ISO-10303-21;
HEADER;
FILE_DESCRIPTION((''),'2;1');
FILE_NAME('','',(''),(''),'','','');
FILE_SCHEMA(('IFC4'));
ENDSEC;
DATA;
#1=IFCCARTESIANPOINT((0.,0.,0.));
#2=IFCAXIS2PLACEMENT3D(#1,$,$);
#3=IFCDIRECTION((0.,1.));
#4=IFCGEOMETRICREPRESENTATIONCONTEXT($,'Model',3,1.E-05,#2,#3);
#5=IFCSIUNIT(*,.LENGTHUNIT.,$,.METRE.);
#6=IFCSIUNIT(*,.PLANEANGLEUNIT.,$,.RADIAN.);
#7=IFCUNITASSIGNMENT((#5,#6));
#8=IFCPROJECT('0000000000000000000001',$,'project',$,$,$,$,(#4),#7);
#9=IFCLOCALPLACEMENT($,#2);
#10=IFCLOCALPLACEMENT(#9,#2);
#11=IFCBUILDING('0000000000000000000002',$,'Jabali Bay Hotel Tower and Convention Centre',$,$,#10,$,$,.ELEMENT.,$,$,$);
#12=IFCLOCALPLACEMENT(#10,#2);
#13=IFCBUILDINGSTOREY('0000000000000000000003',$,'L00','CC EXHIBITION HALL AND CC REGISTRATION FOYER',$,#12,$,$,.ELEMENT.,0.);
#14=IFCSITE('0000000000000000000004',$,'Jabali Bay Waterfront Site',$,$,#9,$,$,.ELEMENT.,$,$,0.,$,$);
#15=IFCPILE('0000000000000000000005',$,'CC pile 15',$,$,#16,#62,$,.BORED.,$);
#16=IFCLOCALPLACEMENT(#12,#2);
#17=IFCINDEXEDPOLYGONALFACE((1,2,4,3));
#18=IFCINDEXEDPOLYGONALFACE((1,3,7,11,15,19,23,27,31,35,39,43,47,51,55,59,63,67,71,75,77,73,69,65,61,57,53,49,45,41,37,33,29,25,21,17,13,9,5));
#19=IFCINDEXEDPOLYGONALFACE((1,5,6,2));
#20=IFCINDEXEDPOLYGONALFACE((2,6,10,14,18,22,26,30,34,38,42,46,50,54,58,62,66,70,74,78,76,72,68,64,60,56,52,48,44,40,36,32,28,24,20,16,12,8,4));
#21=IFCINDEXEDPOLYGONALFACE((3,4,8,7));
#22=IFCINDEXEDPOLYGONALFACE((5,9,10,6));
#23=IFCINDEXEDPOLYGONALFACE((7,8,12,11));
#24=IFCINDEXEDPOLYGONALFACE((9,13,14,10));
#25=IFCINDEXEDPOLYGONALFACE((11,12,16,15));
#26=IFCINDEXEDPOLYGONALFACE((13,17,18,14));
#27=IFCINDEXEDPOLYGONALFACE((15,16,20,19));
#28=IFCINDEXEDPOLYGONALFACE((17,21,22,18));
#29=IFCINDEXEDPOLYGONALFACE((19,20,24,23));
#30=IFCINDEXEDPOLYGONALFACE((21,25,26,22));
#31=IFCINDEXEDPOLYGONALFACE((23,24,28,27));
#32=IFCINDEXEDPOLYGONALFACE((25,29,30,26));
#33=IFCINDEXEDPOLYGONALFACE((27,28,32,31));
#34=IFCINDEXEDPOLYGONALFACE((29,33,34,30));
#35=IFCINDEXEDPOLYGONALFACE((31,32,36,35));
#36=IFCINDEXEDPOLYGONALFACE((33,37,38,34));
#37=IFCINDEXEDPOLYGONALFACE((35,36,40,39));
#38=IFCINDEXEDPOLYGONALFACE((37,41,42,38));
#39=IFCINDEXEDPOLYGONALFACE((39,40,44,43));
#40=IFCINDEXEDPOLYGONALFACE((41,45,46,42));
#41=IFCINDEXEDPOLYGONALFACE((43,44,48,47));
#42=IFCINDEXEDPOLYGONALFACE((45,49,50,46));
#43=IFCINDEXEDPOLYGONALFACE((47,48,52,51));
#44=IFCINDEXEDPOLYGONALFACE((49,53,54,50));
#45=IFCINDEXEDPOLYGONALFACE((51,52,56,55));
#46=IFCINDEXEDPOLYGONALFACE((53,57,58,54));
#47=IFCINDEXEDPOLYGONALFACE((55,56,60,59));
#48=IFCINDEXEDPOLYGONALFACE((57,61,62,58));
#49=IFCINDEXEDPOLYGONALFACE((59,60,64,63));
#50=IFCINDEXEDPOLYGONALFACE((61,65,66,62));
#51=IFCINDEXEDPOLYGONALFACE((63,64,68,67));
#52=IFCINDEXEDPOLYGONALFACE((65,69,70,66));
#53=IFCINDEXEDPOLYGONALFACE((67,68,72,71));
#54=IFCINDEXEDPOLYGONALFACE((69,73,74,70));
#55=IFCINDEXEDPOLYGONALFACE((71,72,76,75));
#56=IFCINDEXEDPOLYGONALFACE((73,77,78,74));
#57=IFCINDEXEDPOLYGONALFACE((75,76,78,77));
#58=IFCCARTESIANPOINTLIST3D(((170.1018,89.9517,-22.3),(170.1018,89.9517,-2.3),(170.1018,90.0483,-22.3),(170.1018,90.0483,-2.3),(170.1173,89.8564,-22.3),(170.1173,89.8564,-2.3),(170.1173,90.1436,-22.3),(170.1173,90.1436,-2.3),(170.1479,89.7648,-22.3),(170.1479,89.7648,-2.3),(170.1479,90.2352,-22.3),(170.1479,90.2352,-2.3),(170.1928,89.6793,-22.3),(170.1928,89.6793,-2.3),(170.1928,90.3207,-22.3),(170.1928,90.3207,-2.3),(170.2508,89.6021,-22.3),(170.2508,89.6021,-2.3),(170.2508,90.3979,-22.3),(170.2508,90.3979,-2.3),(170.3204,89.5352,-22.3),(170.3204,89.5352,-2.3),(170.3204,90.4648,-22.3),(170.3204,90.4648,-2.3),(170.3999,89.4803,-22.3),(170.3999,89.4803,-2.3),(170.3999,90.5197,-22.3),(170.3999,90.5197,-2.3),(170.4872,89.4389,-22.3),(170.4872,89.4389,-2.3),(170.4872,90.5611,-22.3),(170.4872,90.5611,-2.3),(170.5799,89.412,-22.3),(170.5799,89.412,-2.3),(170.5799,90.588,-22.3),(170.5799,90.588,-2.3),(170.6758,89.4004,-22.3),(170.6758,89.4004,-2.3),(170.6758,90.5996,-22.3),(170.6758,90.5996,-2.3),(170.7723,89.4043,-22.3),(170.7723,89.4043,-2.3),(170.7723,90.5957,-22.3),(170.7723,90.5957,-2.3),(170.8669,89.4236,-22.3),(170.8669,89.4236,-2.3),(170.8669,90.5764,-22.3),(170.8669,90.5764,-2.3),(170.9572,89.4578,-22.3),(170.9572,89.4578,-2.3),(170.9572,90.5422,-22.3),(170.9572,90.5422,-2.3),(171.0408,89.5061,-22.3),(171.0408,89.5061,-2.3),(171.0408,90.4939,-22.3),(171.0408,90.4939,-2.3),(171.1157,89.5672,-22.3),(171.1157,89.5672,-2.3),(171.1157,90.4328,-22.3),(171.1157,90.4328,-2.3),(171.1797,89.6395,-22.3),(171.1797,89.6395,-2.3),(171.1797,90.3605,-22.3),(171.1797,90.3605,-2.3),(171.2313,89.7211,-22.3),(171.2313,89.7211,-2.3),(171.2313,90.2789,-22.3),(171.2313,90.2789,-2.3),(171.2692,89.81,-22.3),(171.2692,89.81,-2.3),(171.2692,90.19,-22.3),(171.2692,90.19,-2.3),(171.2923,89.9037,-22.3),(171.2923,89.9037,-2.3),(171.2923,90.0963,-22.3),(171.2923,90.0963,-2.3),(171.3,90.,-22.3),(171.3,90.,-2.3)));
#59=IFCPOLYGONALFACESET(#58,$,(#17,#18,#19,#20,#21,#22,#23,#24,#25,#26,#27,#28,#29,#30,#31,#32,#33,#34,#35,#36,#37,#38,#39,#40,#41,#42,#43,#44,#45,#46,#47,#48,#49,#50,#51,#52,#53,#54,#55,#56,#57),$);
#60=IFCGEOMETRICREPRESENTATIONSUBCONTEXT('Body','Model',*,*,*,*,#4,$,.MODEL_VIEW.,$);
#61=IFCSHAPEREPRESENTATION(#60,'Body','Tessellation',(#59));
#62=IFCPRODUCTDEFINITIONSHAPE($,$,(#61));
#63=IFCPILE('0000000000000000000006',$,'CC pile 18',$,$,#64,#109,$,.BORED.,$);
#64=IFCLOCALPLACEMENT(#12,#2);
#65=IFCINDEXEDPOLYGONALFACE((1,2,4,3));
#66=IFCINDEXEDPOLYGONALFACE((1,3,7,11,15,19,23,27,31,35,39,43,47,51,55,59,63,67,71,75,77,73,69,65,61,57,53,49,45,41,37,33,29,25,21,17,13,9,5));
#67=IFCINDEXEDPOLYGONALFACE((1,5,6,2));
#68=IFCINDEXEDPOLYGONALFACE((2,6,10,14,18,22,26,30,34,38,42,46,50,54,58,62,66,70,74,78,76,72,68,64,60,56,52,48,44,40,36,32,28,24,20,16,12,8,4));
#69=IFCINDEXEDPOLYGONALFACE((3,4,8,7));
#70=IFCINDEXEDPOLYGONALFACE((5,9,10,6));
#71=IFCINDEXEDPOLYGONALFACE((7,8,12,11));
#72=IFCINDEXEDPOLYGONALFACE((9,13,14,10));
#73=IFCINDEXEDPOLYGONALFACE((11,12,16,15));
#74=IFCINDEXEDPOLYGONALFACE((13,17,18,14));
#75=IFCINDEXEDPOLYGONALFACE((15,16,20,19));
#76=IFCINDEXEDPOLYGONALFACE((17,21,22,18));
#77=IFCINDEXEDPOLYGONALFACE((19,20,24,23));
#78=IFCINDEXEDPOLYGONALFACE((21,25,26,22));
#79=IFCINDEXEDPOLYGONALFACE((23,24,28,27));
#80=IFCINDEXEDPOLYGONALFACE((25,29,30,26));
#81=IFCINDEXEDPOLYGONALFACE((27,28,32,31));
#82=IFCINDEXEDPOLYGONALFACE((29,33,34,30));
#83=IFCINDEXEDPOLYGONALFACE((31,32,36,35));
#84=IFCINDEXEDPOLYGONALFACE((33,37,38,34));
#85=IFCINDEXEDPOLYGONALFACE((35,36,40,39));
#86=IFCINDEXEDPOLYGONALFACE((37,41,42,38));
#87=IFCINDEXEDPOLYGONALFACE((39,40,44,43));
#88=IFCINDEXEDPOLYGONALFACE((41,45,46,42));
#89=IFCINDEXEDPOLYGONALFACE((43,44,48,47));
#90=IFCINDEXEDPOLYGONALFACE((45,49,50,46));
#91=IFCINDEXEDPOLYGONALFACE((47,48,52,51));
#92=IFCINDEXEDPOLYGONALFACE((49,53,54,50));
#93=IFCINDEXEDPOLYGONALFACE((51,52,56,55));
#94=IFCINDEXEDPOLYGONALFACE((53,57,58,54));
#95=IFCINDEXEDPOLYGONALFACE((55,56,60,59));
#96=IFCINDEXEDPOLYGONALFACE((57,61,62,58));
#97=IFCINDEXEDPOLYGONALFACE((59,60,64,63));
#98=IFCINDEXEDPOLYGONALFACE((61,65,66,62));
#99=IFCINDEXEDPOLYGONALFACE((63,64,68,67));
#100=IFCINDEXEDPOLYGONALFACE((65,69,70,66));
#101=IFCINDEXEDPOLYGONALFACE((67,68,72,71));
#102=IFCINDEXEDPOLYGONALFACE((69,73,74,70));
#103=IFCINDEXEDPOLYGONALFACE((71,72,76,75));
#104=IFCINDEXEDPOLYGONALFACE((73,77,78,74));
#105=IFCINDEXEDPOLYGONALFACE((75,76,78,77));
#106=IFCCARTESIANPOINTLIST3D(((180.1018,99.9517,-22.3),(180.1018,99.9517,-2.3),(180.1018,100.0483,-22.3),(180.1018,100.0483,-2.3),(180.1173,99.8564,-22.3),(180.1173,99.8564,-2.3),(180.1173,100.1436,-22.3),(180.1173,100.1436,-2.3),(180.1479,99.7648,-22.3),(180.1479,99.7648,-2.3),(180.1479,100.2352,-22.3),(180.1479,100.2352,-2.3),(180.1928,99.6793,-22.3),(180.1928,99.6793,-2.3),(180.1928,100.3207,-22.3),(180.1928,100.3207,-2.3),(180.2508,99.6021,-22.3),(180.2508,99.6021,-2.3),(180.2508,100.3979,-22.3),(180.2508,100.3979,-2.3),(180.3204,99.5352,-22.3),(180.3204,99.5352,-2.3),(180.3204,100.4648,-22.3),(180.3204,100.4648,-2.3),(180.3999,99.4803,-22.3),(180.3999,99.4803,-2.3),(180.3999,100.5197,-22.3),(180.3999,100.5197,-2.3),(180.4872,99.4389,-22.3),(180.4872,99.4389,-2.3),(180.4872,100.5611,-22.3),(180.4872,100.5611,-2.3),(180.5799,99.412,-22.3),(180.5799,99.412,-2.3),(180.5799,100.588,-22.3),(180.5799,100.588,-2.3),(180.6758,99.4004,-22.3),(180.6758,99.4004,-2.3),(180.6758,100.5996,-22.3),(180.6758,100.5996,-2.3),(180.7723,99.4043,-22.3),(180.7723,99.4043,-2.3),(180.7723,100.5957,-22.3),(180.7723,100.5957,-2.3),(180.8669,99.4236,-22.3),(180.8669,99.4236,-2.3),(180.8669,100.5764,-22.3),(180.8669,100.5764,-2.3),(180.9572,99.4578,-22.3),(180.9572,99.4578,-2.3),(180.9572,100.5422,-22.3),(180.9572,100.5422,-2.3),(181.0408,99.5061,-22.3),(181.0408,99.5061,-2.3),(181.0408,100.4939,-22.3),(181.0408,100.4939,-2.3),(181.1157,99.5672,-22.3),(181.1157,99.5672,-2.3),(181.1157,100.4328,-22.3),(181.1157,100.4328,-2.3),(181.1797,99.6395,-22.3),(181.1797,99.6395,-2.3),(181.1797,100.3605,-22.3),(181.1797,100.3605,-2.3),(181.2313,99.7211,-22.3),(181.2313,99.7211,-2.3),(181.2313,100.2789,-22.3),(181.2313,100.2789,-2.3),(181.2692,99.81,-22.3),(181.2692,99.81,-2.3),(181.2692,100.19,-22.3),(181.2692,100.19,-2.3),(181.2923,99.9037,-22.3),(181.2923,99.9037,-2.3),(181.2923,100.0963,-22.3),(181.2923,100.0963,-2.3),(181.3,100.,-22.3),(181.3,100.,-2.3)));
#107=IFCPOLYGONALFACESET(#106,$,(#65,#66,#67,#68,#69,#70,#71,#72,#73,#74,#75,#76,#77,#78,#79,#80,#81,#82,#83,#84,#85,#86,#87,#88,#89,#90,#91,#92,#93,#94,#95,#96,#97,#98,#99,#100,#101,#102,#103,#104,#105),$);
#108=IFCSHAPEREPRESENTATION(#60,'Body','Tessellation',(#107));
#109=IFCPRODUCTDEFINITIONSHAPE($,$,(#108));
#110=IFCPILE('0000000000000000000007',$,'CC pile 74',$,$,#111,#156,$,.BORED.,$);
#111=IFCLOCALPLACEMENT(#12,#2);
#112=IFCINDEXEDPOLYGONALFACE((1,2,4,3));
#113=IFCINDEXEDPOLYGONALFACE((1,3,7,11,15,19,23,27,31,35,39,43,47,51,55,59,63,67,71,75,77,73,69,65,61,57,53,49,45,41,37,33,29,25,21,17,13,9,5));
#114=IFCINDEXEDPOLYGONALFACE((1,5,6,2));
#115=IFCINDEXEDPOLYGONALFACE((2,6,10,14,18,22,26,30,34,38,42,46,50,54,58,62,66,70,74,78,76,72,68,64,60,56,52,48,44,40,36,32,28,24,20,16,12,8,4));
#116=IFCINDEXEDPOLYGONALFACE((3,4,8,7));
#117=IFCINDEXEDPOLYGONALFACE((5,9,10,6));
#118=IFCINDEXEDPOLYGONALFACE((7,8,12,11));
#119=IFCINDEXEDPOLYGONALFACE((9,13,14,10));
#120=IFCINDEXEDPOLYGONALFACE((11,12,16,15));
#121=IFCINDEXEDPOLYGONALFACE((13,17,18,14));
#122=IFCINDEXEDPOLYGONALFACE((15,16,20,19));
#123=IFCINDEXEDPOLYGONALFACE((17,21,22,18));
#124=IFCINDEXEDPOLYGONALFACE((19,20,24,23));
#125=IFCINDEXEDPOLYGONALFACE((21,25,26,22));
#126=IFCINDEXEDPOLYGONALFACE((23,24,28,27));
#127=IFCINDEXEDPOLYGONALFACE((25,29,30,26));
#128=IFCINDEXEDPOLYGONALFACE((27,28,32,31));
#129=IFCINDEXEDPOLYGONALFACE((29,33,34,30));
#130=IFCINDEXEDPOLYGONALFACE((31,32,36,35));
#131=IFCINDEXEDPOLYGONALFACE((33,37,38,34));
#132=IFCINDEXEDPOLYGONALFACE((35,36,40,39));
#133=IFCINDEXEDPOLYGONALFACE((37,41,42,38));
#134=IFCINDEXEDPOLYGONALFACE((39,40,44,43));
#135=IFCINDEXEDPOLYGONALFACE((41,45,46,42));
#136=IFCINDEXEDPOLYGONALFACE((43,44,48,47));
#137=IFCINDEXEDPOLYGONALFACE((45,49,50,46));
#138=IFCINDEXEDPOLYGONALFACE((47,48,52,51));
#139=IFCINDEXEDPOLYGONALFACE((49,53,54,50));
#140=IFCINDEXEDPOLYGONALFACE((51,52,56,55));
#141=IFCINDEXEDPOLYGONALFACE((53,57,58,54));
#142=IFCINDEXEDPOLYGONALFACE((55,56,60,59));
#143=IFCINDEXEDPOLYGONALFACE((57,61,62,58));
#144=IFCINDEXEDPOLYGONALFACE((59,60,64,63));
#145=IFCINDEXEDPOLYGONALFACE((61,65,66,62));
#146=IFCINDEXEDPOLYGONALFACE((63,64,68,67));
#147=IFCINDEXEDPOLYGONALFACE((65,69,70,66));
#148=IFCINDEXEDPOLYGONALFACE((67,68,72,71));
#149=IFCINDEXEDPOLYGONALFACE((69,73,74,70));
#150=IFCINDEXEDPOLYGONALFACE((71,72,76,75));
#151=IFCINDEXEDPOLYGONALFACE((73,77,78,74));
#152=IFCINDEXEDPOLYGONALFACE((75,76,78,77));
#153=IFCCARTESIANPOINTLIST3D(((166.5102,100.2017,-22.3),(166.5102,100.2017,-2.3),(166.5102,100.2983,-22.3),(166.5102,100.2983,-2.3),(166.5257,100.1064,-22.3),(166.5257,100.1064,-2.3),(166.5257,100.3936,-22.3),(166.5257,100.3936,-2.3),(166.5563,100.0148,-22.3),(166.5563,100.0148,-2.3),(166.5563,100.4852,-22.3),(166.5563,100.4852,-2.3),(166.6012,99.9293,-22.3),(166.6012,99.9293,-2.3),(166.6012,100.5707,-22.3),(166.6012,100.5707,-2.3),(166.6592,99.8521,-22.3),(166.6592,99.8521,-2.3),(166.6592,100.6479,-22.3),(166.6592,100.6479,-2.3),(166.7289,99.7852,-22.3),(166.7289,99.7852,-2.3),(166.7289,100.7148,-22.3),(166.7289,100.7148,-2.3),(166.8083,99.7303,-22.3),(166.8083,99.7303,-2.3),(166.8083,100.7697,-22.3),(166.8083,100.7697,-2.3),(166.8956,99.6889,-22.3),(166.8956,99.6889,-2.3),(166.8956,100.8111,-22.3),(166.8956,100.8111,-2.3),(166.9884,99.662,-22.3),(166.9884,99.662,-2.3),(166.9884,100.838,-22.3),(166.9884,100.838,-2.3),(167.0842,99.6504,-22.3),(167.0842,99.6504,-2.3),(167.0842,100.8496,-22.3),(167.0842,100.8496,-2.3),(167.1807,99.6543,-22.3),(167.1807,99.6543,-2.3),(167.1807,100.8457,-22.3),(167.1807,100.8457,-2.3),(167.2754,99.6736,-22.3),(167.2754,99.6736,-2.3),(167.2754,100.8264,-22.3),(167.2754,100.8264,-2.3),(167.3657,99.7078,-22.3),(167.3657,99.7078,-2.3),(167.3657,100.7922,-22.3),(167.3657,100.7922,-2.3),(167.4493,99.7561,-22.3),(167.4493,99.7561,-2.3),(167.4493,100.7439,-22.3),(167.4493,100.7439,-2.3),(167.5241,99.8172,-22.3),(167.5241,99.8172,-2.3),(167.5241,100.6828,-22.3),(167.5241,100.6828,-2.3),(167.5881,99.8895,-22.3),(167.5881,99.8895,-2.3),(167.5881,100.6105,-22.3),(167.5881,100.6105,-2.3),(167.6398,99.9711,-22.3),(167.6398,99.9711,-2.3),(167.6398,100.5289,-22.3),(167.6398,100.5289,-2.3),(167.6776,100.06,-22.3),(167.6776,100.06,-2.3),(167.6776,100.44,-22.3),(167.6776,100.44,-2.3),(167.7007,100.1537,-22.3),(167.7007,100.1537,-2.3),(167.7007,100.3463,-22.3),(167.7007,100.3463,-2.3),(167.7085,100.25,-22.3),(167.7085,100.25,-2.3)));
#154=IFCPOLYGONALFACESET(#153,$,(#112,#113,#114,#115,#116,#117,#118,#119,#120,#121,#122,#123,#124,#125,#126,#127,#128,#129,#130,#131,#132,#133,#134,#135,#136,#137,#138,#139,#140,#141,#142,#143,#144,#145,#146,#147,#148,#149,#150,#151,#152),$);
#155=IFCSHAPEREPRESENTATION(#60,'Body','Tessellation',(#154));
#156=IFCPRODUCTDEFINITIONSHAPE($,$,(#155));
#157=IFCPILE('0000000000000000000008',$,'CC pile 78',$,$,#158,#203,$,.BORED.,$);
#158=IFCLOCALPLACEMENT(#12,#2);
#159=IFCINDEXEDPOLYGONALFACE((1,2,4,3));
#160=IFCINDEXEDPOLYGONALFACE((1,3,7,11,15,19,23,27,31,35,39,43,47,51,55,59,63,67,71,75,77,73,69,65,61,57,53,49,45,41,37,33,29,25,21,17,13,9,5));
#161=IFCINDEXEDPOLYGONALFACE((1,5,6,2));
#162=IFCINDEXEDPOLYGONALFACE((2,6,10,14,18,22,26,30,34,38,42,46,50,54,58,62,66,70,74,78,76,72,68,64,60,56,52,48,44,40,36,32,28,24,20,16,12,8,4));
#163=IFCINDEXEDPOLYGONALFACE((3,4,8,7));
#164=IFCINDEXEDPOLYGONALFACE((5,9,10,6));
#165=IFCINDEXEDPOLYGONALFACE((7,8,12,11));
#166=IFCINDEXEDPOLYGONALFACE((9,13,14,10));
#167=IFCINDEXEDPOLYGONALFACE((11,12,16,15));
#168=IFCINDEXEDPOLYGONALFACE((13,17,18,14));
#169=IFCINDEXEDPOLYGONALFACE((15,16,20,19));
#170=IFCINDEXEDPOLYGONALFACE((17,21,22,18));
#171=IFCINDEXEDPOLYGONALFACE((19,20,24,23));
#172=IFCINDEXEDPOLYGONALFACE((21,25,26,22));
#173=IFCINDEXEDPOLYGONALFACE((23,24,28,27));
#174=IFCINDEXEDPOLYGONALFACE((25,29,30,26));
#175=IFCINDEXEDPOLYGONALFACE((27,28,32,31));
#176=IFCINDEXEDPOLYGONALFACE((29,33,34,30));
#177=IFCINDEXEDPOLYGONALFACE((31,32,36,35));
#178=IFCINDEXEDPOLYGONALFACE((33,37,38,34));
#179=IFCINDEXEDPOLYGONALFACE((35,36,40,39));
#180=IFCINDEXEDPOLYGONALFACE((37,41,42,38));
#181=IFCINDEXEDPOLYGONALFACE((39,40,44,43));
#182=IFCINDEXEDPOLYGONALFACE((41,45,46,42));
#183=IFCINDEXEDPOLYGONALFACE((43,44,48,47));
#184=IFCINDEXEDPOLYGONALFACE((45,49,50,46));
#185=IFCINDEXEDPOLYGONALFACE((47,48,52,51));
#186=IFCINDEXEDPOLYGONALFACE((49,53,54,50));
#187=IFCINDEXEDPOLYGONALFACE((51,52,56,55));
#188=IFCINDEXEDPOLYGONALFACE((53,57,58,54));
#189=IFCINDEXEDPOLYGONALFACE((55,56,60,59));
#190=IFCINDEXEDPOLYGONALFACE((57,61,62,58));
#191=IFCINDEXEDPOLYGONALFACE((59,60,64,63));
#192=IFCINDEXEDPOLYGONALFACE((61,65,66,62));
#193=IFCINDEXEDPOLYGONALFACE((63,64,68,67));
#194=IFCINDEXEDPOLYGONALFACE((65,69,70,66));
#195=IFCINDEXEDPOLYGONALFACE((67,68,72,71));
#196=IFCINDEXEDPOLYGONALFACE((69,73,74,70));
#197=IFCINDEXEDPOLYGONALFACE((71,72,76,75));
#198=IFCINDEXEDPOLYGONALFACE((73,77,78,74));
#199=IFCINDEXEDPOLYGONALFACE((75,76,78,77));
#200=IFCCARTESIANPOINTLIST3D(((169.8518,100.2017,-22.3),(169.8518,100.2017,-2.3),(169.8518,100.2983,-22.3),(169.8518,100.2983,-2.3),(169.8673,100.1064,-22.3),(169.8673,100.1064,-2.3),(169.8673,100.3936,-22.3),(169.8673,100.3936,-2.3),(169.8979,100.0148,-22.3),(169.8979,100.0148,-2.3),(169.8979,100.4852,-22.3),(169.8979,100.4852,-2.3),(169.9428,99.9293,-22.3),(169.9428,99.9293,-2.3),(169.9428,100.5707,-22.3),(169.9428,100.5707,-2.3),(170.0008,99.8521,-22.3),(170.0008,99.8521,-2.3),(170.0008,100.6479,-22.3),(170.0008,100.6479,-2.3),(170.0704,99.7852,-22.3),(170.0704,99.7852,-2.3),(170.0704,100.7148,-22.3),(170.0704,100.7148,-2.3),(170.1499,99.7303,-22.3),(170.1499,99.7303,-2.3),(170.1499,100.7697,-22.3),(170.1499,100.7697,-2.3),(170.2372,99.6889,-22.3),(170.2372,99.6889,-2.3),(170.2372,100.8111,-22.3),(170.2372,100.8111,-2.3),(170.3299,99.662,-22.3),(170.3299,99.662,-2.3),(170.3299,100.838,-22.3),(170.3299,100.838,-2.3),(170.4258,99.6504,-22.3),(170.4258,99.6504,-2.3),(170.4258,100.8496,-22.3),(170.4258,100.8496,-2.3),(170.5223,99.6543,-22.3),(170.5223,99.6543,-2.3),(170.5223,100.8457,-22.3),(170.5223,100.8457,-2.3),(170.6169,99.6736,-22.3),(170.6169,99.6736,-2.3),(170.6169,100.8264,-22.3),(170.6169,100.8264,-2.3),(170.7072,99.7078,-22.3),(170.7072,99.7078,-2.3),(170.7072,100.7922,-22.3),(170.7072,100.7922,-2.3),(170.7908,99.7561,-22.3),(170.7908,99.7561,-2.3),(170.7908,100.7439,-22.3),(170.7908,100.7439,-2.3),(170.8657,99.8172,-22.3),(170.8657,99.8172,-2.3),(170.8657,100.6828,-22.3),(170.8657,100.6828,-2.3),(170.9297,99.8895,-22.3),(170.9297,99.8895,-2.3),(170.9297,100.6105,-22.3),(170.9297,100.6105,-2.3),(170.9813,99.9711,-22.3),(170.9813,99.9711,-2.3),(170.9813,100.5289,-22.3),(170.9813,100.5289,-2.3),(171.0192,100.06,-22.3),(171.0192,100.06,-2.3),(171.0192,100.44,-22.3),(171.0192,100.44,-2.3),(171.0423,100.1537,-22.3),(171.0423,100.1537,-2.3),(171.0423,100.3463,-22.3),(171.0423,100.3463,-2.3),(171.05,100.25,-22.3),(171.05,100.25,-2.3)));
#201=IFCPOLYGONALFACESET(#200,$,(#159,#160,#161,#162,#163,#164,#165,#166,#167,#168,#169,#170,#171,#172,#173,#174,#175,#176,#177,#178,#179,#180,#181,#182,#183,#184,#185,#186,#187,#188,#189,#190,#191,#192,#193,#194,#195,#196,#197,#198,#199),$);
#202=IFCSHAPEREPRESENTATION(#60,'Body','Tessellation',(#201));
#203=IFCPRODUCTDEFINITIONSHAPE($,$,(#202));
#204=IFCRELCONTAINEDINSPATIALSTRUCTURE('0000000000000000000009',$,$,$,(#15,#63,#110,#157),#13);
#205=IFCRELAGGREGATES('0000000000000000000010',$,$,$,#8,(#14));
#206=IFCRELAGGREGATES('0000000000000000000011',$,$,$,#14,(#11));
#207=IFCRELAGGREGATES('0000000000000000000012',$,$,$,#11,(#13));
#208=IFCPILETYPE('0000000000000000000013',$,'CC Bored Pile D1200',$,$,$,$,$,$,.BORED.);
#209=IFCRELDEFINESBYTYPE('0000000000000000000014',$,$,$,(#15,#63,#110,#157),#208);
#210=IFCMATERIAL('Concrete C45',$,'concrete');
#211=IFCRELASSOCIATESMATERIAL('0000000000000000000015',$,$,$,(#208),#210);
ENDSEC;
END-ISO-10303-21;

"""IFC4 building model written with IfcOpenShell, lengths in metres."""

from ifc_helpers import new_model, si_unit, direction, frame, origin, origin_2d, place, context, subcontext, project, spatial, circle, extrude, material, material_profile, profile_set, type_object, element, save


model = new_model("IFC4")

# Units and contexts
model_context = context("Model", 3, precision=1e-05, world=origin(), true_north=direction((0.0, 1.0)))
body_context = subcontext(model_context, "Body", "Model", "MODEL_VIEW")
ifc_project = project(units=[si_unit("LENGTHUNIT", "METRE"), si_unit("PLANEANGLEUNIT", "RADIAN")], contexts=[model_context])

# Site, building, storey
site_placement = place(None, origin())
site = spatial("IfcSite", under=ifc_project, at=site_placement, Name="Jabali Bay Waterfront Site", CompositionType="ELEMENT", RefElevation=0.0)
building_placement = place(site_placement, origin())
building = spatial("IfcBuilding", under=site, at=building_placement, Name="Jabali Bay Hotel Tower and Convention Centre", CompositionType="ELEMENT")
storey_placement = place(building_placement, origin())
storey = spatial("IfcBuildingStorey", under=building, at=storey_placement, Name="L00", Description="CC EXHIBITION HALL AND CC REGISTRATION FOYER", CompositionType="ELEMENT", Elevation=0.0)

# Piles
ifc_material_1 = material(Name="Concrete C45", Category="concrete")
ifc_material_profile_1 = material_profile(ifc_material_1, circle(Radius=0.6001, at=origin_2d()), Name="D1200")
ifc_profile_set_1 = profile_set([ifc_material_profile_1], Name="Concrete C45")
pile_type = type_object("IfcPileType", Name="CC Bored Pile D1200", PredefinedType="BORED", material=ifc_profile_set_1)
for number, where, z_axis, x_axis, name in (
    (1, (170.7, 90.0, -2.3), (0.0, 0.0, -1.0), (1.0, 0.0, 0.0), "CC pile 15"),
    (2, (180.7, 100.0, -2.3), (0.0, 0.0, -1.0), (1.0, 0.0, 0.0), "CC pile 18"),
    (3, (167.1084, 100.25, -2.3), (0.0, 0.0, -1.0), (1.0, 0.0, 0.0), "CC pile 74"),
    (4, (170.45, 100.25, -2.3), (0.0, 0.0, -1.0), (1.0, 0.0, 0.0), "CC pile 78"),
):
    element("IfcPile", number, at=place(storey_placement, frame(where, z_axis=z_axis, x_axis=x_axis)), inside=storey, type_object=pile_type, Name=name, PredefinedType="BORED", context=body_context, shape_type="SweptSolid", body=[
        extrude(circle(Radius=0.6001, at=origin_2d()), origin(), (0.0, 0.0, 1.0), 20.0),
    ])

save(model, "model.ifc")
